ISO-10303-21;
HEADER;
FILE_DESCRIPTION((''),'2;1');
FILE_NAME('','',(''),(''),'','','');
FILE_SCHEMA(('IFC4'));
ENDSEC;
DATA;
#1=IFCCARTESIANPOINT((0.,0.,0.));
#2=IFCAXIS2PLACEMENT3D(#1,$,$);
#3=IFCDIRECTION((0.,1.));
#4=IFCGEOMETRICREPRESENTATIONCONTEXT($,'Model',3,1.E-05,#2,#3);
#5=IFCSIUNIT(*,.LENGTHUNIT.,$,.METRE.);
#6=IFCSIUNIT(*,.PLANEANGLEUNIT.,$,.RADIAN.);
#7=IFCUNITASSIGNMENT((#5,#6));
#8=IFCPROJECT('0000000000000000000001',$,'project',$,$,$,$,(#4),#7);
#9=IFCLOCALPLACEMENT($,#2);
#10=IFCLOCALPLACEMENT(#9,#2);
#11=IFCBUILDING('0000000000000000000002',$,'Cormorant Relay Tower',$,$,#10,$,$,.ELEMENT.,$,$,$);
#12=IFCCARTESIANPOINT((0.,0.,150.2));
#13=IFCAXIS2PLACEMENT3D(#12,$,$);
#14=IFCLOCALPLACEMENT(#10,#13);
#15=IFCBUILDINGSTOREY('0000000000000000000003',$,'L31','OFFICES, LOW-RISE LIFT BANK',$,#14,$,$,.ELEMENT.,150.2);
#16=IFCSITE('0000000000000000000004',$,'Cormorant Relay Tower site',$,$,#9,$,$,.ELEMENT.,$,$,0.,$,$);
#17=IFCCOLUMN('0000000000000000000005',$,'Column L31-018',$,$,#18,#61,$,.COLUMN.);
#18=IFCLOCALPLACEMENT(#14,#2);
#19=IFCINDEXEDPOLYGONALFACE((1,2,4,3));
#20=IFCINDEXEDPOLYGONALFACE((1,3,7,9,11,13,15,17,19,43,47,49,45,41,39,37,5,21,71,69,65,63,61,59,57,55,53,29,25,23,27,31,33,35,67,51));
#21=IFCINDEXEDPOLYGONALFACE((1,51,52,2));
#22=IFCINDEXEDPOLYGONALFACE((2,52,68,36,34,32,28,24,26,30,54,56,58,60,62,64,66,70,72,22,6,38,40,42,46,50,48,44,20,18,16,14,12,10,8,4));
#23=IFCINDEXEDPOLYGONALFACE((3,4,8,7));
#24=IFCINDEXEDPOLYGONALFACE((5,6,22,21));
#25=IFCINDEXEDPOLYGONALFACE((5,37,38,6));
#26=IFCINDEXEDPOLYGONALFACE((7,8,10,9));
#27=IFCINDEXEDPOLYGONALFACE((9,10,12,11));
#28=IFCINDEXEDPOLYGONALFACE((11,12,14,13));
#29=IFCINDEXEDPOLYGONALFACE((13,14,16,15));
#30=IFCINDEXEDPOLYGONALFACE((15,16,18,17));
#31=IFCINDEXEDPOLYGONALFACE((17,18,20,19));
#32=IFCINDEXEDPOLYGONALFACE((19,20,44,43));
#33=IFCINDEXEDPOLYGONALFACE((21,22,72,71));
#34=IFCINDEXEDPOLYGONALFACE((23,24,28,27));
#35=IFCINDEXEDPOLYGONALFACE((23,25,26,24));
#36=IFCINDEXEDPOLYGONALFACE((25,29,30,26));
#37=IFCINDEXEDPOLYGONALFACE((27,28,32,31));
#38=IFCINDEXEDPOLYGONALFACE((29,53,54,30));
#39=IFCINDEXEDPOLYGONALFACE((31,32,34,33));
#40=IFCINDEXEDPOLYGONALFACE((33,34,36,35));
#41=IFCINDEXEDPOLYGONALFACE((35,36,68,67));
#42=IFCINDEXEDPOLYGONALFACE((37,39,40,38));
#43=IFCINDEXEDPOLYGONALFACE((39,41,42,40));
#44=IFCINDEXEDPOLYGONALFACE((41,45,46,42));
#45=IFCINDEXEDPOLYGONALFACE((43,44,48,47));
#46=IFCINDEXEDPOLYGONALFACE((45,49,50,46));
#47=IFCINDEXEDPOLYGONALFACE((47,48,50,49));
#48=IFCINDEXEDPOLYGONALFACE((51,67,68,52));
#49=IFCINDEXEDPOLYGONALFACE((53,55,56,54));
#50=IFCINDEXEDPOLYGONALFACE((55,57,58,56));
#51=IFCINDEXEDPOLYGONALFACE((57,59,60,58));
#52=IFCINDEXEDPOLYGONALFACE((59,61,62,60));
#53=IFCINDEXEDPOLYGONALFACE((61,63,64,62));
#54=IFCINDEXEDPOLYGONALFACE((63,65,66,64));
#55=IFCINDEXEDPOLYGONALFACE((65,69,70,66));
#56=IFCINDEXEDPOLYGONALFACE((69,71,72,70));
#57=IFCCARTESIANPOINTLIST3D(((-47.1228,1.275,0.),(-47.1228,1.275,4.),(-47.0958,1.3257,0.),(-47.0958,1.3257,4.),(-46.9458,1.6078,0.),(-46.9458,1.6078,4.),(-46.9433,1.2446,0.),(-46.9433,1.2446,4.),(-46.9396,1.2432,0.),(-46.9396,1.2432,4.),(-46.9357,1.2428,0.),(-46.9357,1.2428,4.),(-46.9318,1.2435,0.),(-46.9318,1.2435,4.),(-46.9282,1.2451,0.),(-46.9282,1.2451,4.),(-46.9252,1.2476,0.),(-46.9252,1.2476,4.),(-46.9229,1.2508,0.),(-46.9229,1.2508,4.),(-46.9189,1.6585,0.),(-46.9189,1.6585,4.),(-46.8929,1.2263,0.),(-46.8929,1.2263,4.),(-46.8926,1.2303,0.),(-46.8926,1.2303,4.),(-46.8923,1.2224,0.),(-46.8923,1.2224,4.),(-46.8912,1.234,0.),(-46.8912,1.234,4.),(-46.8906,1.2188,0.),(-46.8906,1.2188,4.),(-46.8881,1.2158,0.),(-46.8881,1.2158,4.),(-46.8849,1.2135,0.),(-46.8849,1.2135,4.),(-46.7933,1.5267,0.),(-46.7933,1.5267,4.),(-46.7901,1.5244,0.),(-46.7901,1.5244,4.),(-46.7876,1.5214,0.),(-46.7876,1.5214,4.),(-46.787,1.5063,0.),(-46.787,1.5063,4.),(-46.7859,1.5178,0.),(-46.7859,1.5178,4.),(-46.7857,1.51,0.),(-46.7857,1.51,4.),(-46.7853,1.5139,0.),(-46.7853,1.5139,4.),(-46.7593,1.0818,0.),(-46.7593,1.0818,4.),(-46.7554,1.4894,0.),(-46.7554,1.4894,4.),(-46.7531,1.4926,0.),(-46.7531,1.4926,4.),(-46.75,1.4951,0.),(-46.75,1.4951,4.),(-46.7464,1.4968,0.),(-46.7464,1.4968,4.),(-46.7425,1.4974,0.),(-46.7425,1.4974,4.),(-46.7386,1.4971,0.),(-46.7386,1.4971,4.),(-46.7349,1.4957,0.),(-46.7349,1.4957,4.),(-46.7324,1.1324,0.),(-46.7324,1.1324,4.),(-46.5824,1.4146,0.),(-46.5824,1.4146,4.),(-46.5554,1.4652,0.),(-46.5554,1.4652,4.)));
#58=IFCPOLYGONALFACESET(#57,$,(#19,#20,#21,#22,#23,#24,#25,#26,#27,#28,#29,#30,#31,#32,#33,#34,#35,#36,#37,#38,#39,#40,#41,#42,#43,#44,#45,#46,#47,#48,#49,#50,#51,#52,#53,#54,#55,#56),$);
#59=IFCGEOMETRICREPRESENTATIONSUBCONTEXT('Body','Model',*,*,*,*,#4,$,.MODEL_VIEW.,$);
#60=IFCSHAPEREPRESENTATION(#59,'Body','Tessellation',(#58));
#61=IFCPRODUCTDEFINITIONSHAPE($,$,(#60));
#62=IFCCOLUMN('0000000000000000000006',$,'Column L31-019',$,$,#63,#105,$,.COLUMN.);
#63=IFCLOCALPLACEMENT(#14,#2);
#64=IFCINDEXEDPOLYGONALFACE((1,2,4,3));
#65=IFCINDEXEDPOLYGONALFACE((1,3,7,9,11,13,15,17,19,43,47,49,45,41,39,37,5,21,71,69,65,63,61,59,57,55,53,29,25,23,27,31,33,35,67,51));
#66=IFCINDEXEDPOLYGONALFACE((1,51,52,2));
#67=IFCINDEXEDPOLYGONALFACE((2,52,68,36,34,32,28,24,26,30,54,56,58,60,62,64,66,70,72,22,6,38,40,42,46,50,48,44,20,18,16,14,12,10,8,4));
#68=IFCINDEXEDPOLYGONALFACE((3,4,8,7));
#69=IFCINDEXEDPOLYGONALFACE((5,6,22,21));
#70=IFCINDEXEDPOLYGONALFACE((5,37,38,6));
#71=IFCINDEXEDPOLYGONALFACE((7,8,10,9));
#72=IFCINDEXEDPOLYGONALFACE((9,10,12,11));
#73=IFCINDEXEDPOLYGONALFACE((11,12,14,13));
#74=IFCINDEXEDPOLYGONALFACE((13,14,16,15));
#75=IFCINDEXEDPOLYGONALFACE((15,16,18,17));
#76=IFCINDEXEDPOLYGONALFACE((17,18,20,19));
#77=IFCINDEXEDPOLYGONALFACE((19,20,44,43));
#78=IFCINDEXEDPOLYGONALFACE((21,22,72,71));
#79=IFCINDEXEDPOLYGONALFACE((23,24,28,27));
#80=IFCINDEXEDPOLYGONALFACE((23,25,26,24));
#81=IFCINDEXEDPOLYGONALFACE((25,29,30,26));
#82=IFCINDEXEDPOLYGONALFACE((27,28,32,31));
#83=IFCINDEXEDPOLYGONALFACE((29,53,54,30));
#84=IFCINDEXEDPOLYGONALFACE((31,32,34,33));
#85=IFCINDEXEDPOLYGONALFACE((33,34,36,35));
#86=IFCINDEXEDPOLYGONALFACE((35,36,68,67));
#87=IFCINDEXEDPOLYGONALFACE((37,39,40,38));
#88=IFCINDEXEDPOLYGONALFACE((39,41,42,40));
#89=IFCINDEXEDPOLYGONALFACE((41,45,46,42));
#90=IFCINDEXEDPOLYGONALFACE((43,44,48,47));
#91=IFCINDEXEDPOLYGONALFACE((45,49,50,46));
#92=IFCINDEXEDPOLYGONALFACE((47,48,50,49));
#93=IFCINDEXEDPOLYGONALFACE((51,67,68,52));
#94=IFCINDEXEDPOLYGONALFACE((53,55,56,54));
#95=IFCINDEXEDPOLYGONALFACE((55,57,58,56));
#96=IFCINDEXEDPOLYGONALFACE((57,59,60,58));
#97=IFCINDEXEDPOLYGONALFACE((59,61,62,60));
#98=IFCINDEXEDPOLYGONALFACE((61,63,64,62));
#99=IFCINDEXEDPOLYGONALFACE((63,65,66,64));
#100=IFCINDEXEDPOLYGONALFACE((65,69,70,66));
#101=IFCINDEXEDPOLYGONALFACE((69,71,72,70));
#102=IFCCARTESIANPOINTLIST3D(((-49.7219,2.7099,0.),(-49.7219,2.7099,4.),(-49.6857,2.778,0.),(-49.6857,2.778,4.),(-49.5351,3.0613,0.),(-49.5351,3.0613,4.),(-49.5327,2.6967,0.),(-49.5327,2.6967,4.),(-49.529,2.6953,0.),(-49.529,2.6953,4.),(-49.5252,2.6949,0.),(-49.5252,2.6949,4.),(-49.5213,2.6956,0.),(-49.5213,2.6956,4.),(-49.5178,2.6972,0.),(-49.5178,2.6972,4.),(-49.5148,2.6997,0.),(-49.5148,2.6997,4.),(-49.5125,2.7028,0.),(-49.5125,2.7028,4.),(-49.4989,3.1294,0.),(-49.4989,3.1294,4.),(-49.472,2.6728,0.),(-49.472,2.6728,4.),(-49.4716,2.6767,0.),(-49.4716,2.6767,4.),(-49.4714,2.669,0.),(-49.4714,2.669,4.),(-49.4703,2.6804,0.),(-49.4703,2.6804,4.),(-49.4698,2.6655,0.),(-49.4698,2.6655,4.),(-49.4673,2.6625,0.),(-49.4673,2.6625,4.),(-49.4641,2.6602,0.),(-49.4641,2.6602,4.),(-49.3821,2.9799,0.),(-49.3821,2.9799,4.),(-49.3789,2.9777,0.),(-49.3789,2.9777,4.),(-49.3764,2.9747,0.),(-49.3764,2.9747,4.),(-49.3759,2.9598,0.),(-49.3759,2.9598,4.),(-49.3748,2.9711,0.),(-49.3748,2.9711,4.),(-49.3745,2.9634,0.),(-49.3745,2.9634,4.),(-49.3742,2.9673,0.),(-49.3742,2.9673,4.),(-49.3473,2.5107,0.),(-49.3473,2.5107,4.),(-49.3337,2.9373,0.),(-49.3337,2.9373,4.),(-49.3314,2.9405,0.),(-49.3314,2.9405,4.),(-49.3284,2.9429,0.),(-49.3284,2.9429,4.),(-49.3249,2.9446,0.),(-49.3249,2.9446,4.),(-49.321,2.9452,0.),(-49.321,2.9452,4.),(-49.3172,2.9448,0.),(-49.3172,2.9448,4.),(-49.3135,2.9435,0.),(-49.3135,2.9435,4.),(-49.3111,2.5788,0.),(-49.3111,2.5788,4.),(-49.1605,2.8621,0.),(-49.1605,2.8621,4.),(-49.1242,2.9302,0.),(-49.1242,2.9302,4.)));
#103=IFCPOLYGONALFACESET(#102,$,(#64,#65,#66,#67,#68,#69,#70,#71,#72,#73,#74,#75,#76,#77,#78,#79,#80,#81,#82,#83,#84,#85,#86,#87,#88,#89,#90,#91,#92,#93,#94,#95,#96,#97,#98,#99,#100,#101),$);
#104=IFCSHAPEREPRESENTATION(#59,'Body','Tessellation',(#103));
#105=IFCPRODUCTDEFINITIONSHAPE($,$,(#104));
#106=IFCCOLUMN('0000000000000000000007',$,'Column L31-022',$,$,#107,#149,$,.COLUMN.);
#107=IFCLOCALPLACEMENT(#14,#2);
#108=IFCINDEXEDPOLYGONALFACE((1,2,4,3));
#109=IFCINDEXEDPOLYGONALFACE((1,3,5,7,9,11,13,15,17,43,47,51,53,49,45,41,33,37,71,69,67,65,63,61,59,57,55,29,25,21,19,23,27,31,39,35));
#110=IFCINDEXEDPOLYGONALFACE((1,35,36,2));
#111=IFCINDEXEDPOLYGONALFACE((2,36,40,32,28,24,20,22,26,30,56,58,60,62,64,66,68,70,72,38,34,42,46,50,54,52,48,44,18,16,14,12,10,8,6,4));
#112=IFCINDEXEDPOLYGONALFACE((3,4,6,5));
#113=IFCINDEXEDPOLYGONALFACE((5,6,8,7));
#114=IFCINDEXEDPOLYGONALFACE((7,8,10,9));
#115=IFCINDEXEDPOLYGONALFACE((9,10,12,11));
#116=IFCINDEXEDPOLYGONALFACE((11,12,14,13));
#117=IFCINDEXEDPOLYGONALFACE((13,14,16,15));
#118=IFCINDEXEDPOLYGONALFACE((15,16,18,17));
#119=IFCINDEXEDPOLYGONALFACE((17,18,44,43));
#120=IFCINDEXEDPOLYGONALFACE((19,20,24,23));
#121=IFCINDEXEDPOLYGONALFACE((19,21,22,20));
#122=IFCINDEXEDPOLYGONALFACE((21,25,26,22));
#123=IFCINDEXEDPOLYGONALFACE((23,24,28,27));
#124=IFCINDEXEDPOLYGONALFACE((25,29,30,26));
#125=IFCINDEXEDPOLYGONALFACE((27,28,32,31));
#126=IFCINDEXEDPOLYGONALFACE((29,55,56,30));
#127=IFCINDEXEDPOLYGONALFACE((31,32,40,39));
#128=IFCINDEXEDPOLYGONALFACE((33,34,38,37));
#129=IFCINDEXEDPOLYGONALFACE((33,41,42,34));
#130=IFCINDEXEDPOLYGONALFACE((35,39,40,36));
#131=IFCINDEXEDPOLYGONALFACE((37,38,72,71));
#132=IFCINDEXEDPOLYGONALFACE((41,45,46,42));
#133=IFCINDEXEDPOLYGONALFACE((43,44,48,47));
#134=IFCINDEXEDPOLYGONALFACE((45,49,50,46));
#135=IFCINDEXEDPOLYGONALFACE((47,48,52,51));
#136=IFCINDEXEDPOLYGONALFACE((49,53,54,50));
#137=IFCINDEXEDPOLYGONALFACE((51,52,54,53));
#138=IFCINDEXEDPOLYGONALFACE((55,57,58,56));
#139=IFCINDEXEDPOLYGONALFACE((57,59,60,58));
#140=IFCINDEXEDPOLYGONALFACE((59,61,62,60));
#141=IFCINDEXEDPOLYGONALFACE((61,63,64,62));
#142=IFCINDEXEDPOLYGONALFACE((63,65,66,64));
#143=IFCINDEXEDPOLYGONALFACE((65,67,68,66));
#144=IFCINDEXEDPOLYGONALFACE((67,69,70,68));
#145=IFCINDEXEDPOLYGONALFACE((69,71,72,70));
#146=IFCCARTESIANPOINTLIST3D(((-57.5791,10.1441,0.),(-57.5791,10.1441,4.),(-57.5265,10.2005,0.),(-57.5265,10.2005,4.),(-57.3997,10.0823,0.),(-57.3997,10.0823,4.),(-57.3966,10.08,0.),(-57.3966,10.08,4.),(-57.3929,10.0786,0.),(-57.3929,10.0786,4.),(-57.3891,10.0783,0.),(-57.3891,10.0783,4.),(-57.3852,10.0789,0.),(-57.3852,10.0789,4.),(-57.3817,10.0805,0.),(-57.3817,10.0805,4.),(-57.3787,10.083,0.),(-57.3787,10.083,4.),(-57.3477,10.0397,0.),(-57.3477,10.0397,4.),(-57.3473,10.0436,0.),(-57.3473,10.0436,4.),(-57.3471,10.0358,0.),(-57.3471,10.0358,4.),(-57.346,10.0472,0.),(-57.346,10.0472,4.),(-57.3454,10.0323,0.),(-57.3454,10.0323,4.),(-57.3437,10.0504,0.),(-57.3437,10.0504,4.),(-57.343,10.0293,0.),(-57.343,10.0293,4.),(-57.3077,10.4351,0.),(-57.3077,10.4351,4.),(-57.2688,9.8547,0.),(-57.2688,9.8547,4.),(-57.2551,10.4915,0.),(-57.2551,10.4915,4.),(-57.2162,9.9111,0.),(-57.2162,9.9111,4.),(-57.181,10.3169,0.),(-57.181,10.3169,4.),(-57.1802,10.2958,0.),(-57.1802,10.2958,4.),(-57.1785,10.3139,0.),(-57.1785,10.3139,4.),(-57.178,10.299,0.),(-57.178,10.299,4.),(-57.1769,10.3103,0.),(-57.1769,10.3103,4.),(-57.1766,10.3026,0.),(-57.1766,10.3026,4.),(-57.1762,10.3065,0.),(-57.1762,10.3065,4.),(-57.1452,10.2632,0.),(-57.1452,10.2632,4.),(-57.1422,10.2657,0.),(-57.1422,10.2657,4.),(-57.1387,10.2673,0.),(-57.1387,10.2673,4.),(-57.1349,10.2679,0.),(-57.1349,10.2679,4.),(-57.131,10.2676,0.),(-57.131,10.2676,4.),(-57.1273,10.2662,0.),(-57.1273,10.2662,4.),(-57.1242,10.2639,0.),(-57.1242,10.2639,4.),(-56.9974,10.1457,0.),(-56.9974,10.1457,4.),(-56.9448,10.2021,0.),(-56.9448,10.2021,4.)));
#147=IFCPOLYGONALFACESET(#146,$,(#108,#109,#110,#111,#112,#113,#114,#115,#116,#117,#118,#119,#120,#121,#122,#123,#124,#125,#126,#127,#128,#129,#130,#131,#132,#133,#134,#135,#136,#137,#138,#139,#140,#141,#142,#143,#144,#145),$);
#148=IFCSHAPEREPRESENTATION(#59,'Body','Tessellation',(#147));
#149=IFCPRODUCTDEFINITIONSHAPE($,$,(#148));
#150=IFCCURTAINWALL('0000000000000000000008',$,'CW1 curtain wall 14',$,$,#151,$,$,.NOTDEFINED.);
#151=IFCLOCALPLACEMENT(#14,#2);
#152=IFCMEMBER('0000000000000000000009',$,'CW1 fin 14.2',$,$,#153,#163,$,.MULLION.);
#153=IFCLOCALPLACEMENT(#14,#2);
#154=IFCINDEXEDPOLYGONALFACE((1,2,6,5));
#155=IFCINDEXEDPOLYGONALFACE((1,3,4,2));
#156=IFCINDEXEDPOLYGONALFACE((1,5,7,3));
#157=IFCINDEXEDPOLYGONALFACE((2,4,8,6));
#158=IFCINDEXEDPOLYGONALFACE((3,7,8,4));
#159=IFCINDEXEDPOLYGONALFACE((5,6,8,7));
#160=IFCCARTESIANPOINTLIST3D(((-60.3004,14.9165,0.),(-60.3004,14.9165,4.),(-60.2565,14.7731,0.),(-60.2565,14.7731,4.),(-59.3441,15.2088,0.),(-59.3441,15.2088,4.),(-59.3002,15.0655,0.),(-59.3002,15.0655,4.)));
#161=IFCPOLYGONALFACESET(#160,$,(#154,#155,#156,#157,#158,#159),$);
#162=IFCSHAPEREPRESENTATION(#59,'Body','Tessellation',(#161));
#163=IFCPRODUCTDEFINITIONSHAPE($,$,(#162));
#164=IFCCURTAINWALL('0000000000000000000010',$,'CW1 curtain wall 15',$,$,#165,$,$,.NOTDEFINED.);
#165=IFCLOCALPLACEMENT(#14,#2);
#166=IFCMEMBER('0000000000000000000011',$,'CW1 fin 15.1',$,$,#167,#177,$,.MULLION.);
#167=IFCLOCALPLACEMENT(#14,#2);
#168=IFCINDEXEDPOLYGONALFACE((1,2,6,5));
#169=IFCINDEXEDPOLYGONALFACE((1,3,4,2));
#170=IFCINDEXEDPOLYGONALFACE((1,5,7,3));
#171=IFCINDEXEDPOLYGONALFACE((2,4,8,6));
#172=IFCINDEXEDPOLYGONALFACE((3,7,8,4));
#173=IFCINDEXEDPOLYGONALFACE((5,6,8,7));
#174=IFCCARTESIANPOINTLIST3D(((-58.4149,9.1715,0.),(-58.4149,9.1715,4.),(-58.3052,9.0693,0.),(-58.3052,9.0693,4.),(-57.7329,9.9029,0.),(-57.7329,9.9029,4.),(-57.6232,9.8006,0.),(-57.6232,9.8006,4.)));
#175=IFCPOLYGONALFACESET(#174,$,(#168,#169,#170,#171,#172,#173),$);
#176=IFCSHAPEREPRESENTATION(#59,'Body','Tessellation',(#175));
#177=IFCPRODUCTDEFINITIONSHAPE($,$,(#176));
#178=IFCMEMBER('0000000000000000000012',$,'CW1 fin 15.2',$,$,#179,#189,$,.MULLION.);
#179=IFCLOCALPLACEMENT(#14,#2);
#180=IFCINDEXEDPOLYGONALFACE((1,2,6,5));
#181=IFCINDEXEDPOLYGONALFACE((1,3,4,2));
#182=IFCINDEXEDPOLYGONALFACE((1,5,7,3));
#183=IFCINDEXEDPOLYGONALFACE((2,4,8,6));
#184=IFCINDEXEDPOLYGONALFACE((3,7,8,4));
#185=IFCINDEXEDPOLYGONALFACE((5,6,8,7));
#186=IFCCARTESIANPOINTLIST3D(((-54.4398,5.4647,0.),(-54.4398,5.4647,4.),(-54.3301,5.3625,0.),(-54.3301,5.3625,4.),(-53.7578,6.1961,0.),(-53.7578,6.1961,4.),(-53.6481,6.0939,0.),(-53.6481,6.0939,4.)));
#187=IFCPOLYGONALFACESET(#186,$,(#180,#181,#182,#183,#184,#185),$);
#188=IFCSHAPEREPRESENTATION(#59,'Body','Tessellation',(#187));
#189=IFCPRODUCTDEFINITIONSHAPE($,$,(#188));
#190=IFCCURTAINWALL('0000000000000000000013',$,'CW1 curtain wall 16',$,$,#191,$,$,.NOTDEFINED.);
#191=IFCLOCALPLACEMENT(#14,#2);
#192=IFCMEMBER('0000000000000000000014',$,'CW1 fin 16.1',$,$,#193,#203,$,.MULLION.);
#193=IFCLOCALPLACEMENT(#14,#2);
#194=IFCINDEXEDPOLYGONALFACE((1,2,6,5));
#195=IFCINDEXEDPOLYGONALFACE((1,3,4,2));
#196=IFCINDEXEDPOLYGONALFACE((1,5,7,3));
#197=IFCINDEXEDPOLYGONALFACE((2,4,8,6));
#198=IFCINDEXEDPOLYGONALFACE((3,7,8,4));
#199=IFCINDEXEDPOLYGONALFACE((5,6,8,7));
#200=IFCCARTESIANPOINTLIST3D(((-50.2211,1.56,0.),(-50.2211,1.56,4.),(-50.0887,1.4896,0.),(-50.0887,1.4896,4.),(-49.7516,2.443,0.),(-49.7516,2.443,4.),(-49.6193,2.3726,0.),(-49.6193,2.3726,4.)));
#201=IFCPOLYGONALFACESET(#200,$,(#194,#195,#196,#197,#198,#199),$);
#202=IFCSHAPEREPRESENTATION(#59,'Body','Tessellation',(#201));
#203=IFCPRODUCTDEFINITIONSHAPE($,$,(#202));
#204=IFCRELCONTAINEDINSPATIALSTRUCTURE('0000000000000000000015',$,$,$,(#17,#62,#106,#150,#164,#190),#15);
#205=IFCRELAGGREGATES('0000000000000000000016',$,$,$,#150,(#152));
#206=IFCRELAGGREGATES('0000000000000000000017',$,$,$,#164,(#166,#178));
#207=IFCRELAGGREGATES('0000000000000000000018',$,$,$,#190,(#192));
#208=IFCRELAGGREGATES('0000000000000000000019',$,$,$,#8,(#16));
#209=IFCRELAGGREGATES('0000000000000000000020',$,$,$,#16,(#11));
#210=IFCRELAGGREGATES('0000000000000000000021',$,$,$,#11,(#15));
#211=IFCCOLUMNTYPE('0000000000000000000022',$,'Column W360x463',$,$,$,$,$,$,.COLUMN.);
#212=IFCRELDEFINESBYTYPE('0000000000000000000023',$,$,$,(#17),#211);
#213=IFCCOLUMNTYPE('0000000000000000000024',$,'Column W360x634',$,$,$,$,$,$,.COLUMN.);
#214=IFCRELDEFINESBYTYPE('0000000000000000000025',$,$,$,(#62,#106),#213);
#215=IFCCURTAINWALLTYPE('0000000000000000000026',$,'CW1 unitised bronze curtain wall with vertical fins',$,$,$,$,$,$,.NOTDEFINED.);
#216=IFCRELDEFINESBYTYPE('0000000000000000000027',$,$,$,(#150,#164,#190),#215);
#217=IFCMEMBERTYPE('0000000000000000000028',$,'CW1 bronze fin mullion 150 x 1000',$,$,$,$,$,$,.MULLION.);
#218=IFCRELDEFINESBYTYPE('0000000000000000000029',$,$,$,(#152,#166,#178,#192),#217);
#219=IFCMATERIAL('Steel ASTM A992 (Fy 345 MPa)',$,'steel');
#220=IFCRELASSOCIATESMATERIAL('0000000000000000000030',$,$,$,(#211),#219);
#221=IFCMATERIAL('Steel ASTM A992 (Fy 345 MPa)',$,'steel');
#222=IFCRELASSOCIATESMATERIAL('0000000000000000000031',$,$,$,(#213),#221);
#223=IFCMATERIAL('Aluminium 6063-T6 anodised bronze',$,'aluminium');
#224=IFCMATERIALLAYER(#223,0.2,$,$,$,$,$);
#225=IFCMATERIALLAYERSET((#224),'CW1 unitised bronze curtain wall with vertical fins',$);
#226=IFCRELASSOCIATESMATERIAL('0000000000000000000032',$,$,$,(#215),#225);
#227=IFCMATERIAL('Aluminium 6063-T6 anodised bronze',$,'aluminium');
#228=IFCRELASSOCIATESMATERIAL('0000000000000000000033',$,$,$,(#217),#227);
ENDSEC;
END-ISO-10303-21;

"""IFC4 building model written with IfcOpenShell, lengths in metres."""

from ifc_helpers import new_model, si_unit, direction, frame, origin, origin_2d, place, context, subcontext, project, spatial, rectangle, i_section, extrude, material, layer, layer_set, material_profile, profile_set, type_object, element, aggregate, save


model = new_model("IFC4")

# Units and contexts
model_context = context("Model", 3, precision=1e-05, world=origin(), true_north=direction((0.0, 1.0)))
body_context = subcontext(model_context, "Body", "Model", "MODEL_VIEW")
ifc_project = project(units=[si_unit("LENGTHUNIT", "METRE"), si_unit("PLANEANGLEUNIT", "RADIAN")], contexts=[model_context])

# Site, building, storey
site_placement = place(None, origin())
site = spatial("IfcSite", under=ifc_project, at=site_placement, Name="Cormorant Relay Tower site", CompositionType="ELEMENT", RefElevation=0.0)
building_placement = place(site_placement, origin())
building = spatial("IfcBuilding", under=site, at=building_placement, Name="Cormorant Relay Tower", CompositionType="ELEMENT")
storey_placement = place(building_placement, frame((0.0, 0.0, 150.2)))
storey = spatial("IfcBuildingStorey", under=building, at=storey_placement, Name="L31", Description="OFFICES, LOW-RISE LIFT BANK", CompositionType="ELEMENT", Elevation=150.2)

# Columns
ifc_material_1 = material(Name="Steel ASTM A992 (Fy 345 MPa)", Category="steel")
ifc_material_profile_1 = material_profile(ifc_material_1, i_section(OverallWidth=0.4116, OverallDepth=0.4343, WebThickness=0.0359, FlangeThickness=0.0574, FilletRadius=0.0151, at=origin_2d()), Name="W360x463")
ifc_profile_set_1 = profile_set([ifc_material_profile_1], Name="Steel ASTM A992 (Fy 345 MPa)")
column_type_1 = type_object("IfcColumnType", Name="Column W360x463", PredefinedType="COLUMN", material=ifc_profile_set_1)
column_placement = place(storey_placement, frame((-46.8391, 1.3701, 0.0), z_axis=(0.0, 0.0, 1.0), x_axis=(0.882948, -0.469472, 0.0)))
element("IfcColumn", 1, at=column_placement, inside=storey, type_object=column_type_1, Name="Column L31-018", PredefinedType="COLUMN", context=body_context, shape_type="SweptSolid", body=[
    extrude(i_section(OverallWidth=0.4116, OverallDepth=0.4343, WebThickness=0.0359, FlangeThickness=0.0574, FilletRadius=0.0151, at=origin_2d()), origin(), (0.0, 0.0, 1.0), 4.0),
])
ifc_material_2 = material(Name="Steel ASTM A992 (Fy 345 MPa)", Category="steel")
ifc_material_profile_2 = material_profile(ifc_material_2, i_section(OverallWidth=0.4243, OverallDepth=0.4751, WebThickness=0.0479, FlangeThickness=0.0771, FilletRadius=0.0149, at=origin_2d()), Name="W360x634")
ifc_profile_set_2 = profile_set([ifc_material_profile_2], Name="Steel ASTM A992 (Fy 345 MPa)")
column_type_2 = type_object("IfcColumnType", Name="Column W360x634", PredefinedType="COLUMN", material=ifc_profile_set_2)
for number, where, z_axis, x_axis, name in (
    (2, (-49.4231, 2.8201, 0.0), (0.0, 0.0, 1.0), (0.882948, -0.469472, 0.0), "Column L31-019"),
    (3, (-57.262, 10.1731, 0.0), (0.0, 0.0, 1.0), (0.731354, -0.681998, 0.0), "Column L31-022"),
):
    element("IfcColumn", number, at=place(storey_placement, frame(where, z_axis=z_axis, x_axis=x_axis)), inside=storey, type_object=column_type_2, Name=name, PredefinedType="COLUMN", context=body_context, shape_type="SweptSolid", body=[
        extrude(i_section(OverallWidth=0.4243, OverallDepth=0.4751, WebThickness=0.0479, FlangeThickness=0.0771, FilletRadius=0.0149, at=origin_2d()), origin(), (0.0, 0.0, 1.0), 4.0),
    ])

# Curtain wall, member
ifc_material_3 = material(Name="Aluminium 6063-T6 anodised bronze", Category="aluminium")
ifc_layer_1 = layer(ifc_material_3, 0.2)
ifc_layer_set_1 = layer_set([ifc_layer_1], Name="CW1 unitised bronze curtain wall with vertical fins")
curtain_wall_type = type_object("IfcCurtainWallType", Name="CW1 unitised bronze curtain wall with vertical fins", PredefinedType="NOTDEFINED", material=ifc_layer_set_1)
curtain_wall_1_placement = place(storey_placement, origin())
curtain_wall_1 = element("IfcCurtainWall", 4, at=curtain_wall_1_placement, inside=storey, type_object=curtain_wall_type, Name="CW1 curtain wall 14", PredefinedType="NOTDEFINED")
ifc_material_4 = material(Name="Aluminium 6063-T6 anodised bronze", Category="aluminium")
ifc_material_profile_3 = material_profile(ifc_material_4, rectangle(XDim=0.1499, YDim=1.0, at=origin_2d()), Name="AL 150x1000")
ifc_profile_set_3 = profile_set([ifc_material_profile_3], Name="Aluminium 6063-T6 anodised bronze")
member_type_1 = type_object("IfcMemberType", Name="CW1 bronze fin mullion 150 x 1000", PredefinedType="MULLION", material=ifc_profile_set_3)
member_1_placement = place(storey_placement, frame((-59.8003, 14.991, 0.0), z_axis=(0.0, 0.0, 1.0), x_axis=(0.292372, -0.956305, 0.0)))
member_1 = element("IfcMember", 5, at=member_1_placement, type_object=member_type_1, Name="CW1 fin 14.2", PredefinedType="MULLION", context=body_context, shape_type="SweptSolid", body=[
    extrude(rectangle(XDim=0.1499, YDim=1.0, at=origin_2d()), origin(), (0.0, 0.0, 1.0), 4.0),
])

# Curtain wall, members
curtain_wall_2_placement = place(storey_placement, origin())
curtain_wall_2 = element("IfcCurtainWall", 6, at=curtain_wall_2_placement, inside=storey, type_object=curtain_wall_type, Name="CW1 curtain wall 15", PredefinedType="NOTDEFINED")
member_2_placement = place(storey_placement, frame((-58.019, 9.4861, 0.0), z_axis=(0.0, 0.0, 1.0), x_axis=(0.731354, -0.681998, 0.0)))
member_2 = element("IfcMember", 7, at=member_2_placement, type_object=member_type_1, Name="CW1 fin 15.1", PredefinedType="MULLION", context=body_context, shape_type="SweptSolid", body=[
    extrude(rectangle(XDim=0.1499, YDim=1.0, at=origin_2d()), origin(), (0.0, 0.0, 1.0), 4.0),
])
member_3_placement = place(storey_placement, frame((-54.0439, 5.7793, 0.0), z_axis=(0.0, 0.0, 1.0), x_axis=(0.731354, -0.681998, 0.0)))
member_3 = element("IfcMember", 8, at=member_3_placement, type_object=member_type_1, Name="CW1 fin 15.2", PredefinedType="MULLION", context=body_context, shape_type="SweptSolid", body=[
    extrude(rectangle(XDim=0.1499, YDim=1.0, at=origin_2d()), origin(), (0.0, 0.0, 1.0), 4.0),
])

# Curtain wall, member
curtain_wall_3_placement = place(storey_placement, origin())
curtain_wall_3 = element("IfcCurtainWall", 9, at=curtain_wall_3_placement, inside=storey, type_object=curtain_wall_type, Name="CW1 curtain wall 16", PredefinedType="NOTDEFINED")
member_4_placement = place(storey_placement, frame((-49.9202, 1.9663, 0.0), z_axis=(0.0, 0.0, 1.0), x_axis=(0.882948, -0.469472, 0.0)))
member_4 = element("IfcMember", 10, at=member_4_placement, type_object=member_type_1, Name="CW1 fin 16.1", PredefinedType="MULLION", context=body_context, shape_type="SweptSolid", body=[
    extrude(rectangle(XDim=0.1499, YDim=1.0, at=origin_2d()), origin(), (0.0, 0.0, 1.0), 4.0),
])

aggregate(curtain_wall_1, [member_1])

aggregate(curtain_wall_2, [member_2, member_3])
aggregate(curtain_wall_3, [member_4])

save(model, "model.ifc")
